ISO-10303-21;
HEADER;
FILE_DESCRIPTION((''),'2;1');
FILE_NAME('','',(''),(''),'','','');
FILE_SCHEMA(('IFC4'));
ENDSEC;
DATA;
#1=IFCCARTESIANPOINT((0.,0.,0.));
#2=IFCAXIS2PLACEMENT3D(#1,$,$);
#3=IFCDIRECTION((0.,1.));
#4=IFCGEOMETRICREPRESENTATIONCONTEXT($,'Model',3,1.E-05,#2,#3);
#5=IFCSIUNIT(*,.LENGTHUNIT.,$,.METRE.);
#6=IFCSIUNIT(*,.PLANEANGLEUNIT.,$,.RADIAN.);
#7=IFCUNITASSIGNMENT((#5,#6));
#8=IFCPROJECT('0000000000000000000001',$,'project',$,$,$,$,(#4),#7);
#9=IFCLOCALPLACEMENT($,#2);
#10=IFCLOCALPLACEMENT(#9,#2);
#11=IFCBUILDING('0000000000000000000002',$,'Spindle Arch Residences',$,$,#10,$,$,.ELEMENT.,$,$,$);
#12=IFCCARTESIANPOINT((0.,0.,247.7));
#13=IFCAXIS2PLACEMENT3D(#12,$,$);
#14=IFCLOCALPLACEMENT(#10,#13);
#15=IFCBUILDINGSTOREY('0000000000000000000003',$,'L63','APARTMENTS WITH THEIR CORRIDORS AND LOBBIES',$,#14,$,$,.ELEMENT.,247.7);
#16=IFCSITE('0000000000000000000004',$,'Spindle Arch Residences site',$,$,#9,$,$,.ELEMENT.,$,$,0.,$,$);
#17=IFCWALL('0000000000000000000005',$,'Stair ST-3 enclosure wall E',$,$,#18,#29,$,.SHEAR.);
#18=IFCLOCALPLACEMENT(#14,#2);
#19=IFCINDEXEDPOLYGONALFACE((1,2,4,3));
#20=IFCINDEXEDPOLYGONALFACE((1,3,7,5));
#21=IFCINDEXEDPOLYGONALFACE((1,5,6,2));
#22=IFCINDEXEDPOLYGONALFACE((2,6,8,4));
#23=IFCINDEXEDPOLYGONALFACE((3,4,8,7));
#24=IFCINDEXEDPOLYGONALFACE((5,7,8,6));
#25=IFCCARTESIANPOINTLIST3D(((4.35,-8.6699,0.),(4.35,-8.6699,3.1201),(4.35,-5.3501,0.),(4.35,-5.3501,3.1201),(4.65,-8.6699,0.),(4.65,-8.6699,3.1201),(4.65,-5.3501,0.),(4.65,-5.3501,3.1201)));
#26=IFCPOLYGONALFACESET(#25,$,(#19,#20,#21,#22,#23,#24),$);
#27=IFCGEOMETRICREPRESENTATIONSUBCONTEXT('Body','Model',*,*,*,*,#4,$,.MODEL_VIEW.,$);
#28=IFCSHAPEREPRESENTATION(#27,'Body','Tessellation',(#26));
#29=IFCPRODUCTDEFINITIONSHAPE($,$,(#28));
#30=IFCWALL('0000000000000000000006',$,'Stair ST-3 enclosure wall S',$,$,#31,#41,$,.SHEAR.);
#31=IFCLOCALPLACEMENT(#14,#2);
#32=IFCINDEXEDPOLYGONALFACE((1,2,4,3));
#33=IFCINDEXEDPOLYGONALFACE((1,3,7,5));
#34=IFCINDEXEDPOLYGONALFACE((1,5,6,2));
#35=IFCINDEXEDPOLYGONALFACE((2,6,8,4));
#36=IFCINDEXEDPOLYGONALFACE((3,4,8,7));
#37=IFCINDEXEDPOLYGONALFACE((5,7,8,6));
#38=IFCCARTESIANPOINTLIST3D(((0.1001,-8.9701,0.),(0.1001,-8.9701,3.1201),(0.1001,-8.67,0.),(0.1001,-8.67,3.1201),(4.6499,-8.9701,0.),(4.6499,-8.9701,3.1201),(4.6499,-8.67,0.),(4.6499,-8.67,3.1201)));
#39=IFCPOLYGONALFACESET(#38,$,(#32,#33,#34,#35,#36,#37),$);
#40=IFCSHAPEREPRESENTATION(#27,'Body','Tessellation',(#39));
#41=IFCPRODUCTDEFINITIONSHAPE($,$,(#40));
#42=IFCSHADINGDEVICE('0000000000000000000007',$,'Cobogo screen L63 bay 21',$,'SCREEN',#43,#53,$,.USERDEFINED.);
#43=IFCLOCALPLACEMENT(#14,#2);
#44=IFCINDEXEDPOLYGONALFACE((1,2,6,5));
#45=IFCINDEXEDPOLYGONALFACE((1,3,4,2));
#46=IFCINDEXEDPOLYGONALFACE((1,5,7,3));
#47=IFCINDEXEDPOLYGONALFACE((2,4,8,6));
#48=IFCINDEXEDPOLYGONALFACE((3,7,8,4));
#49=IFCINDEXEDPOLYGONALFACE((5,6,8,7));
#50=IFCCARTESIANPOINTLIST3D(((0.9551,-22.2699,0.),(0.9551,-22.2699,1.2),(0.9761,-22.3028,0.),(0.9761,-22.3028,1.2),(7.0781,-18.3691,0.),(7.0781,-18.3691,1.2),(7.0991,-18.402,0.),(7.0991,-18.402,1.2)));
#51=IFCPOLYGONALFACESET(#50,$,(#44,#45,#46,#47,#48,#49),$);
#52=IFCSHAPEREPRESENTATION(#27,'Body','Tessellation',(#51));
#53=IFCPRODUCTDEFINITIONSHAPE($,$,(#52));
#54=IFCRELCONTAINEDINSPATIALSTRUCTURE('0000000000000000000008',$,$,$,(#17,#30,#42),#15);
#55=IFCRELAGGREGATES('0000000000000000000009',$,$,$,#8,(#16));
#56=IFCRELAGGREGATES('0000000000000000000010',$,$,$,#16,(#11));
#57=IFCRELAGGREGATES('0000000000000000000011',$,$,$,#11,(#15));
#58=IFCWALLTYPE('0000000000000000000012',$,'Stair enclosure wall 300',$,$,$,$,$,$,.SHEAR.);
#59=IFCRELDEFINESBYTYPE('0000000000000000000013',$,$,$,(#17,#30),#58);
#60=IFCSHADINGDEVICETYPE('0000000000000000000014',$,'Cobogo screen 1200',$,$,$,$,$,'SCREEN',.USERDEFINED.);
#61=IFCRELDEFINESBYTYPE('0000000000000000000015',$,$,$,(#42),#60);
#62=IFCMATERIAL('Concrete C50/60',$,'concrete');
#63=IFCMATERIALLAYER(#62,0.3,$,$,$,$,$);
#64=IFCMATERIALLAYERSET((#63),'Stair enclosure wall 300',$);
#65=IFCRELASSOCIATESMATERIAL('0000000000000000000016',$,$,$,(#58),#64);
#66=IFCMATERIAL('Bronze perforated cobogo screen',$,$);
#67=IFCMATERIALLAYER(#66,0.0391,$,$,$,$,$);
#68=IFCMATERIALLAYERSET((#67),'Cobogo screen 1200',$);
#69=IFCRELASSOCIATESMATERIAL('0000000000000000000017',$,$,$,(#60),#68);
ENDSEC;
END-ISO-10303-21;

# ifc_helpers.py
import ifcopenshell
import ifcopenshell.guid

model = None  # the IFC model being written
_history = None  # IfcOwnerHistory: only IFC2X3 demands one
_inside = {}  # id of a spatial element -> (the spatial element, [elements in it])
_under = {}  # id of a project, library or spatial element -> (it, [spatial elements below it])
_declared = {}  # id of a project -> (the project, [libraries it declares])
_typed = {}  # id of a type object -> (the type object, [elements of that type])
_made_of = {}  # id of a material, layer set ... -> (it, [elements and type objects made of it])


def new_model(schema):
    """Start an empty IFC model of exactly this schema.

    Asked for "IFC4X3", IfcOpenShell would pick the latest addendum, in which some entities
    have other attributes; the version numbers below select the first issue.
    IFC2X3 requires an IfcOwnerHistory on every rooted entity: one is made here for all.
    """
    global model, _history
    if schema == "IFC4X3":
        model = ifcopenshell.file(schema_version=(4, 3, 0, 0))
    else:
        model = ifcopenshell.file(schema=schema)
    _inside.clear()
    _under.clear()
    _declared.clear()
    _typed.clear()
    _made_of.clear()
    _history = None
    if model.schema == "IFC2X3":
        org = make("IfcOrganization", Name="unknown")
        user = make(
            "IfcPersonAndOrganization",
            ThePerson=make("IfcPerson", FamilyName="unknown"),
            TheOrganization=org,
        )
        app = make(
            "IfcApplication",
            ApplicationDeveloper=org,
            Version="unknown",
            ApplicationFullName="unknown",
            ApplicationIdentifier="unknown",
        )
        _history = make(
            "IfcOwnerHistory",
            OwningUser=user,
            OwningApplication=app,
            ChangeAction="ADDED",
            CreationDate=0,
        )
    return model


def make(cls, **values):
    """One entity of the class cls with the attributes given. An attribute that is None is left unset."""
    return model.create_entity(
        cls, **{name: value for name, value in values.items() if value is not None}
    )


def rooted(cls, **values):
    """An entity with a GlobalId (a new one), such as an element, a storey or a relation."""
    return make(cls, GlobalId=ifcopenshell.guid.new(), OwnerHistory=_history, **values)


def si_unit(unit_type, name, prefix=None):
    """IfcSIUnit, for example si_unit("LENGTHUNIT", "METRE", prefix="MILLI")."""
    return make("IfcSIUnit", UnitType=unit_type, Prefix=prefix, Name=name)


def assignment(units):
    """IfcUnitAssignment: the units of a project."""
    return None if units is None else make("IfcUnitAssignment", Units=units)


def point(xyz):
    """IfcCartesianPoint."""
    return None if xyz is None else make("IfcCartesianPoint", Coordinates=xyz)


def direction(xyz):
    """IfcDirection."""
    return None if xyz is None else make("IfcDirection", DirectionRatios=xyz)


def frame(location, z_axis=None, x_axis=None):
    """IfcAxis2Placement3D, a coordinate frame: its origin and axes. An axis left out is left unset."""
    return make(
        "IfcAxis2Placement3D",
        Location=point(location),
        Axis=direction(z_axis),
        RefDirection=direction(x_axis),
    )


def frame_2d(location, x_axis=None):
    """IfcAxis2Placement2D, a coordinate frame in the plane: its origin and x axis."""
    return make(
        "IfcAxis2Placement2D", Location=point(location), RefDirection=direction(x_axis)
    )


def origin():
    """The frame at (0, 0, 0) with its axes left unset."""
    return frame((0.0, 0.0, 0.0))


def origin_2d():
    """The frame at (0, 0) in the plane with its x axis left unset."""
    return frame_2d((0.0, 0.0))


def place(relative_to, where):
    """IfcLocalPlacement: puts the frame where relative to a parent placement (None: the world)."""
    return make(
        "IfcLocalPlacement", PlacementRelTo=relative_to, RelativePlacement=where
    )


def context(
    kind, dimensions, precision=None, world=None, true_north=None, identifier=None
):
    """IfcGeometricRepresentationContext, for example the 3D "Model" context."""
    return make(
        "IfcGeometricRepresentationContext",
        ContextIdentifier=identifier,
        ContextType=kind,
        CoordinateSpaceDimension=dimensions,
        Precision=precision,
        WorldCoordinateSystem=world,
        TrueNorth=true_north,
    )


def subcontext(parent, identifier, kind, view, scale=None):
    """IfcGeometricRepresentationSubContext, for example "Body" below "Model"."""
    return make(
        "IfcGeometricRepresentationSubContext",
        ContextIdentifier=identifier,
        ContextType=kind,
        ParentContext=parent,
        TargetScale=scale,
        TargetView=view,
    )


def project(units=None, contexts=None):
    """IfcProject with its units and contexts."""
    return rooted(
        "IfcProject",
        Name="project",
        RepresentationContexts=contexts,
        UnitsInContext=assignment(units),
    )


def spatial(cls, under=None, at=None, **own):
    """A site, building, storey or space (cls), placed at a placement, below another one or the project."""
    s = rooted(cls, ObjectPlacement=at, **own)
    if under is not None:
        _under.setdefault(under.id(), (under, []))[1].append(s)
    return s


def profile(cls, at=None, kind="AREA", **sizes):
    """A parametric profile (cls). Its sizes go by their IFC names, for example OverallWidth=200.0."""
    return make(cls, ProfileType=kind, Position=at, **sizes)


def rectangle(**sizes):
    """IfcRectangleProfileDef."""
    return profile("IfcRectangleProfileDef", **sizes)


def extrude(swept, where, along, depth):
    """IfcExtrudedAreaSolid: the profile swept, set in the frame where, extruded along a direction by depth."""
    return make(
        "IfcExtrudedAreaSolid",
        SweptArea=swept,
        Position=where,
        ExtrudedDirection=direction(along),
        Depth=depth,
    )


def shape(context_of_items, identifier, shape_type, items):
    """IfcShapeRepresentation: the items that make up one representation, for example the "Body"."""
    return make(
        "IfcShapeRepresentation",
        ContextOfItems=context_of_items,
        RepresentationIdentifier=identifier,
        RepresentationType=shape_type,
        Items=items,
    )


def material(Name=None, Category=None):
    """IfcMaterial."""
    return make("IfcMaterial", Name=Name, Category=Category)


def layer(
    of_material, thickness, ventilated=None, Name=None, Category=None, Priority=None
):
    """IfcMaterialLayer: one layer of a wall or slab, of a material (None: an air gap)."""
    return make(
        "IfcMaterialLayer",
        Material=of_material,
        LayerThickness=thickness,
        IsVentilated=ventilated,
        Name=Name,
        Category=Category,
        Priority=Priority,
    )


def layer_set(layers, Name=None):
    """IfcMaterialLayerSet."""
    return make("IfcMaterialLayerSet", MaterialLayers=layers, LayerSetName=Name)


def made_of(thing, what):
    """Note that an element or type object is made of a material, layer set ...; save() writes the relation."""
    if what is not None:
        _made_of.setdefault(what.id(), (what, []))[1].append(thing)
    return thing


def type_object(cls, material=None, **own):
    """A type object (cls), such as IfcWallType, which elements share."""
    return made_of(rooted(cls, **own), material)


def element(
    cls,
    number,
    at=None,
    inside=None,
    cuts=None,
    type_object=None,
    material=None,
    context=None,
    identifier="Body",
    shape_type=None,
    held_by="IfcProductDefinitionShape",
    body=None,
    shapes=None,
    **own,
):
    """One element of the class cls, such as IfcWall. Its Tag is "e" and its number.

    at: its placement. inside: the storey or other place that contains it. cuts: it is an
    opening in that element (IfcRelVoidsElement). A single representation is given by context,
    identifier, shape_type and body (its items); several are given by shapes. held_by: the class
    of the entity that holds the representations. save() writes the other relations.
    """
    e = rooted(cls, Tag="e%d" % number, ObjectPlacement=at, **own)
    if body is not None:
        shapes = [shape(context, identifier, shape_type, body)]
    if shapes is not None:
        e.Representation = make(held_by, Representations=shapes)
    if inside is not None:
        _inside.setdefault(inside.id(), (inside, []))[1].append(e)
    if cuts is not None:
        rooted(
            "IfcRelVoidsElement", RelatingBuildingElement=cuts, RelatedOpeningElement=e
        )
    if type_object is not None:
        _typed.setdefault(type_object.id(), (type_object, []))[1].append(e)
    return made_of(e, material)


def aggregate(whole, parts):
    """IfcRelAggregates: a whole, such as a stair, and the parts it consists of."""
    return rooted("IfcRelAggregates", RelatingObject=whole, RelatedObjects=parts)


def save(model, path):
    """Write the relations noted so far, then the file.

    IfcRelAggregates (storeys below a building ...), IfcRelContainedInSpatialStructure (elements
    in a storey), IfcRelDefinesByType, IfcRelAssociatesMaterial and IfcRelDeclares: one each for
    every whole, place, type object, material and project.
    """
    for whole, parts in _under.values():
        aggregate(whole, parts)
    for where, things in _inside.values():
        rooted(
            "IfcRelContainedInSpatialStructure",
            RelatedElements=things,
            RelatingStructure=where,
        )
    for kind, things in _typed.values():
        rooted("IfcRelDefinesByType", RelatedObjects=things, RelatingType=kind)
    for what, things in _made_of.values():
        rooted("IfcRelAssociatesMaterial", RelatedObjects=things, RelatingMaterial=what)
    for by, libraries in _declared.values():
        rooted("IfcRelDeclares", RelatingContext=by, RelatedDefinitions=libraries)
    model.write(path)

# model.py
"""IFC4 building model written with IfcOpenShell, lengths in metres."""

from ifc_helpers import new_model, si_unit, direction, frame, frame_2d, origin, origin_2d, place, context, subcontext, project, spatial, rectangle, extrude, material, layer, layer_set, type_object, element, save


model = new_model("IFC4")

# Units and contexts
model_context = context("Model", 3, precision=1e-05, world=origin(), true_north=direction((0.0, 1.0)))
body_context = subcontext(model_context, "Body", "Model", "MODEL_VIEW")
ifc_project = project(units=[si_unit("LENGTHUNIT", "METRE"), si_unit("PLANEANGLEUNIT", "RADIAN")], contexts=[model_context])

# Site, building, storey
site_placement = place(None, origin())
site = spatial("IfcSite", under=ifc_project, at=site_placement, Name="Spindle Arch Residences site", CompositionType="ELEMENT", RefElevation=0.0)
building_placement = place(site_placement, origin())
building = spatial("IfcBuilding", under=site, at=building_placement, Name="Spindle Arch Residences", CompositionType="ELEMENT")
storey_placement = place(building_placement, frame((0.0, 0.0, 247.7)))
storey = spatial("IfcBuildingStorey", under=building, at=storey_placement, Name="L63", Description="APARTMENTS WITH THEIR CORRIDORS AND LOBBIES", CompositionType="ELEMENT", Elevation=247.7)

# Walls
ifc_material_1 = material(Name="Concrete C50/60", Category="concrete")
ifc_layer_1 = layer(ifc_material_1, 0.3)
ifc_layer_set_1 = layer_set([ifc_layer_1], Name="Stair enclosure wall 300")
wall_type_1 = type_object("IfcWallType", Name="Stair enclosure wall 300", PredefinedType="SHEAR", material=ifc_layer_set_1)
wall_1_placement = place(storey_placement, frame((4.5, -8.6699, 0.0), z_axis=(0.0, 0.0, 1.0), x_axis=(0.0, 1.0, 0.0)))
element("IfcWall", 1, at=wall_1_placement, inside=storey, type_object=wall_type_1, Name="Stair ST-3 enclosure wall E", PredefinedType="SHEAR", context=body_context, shape_type="SweptSolid", body=[
    extrude(rectangle(XDim=3.3198, YDim=0.3, at=frame_2d((1.6599, 0.0))), origin(), (0.0, 0.0, 1.0), 3.1201),
])
wall_2_placement = place(storey_placement, frame((0.1001, -8.8201, 0.0), z_axis=(0.0, 0.0, 1.0), x_axis=(1.0, 0.0, 0.0)))
element("IfcWall", 2, at=wall_2_placement, inside=storey, type_object=wall_type_1, Name="Stair ST-3 enclosure wall S", PredefinedType="SHEAR", context=body_context, shape_type="SweptSolid", body=[
    extrude(rectangle(XDim=4.5498, YDim=0.3, at=frame_2d((2.2749, 0.0))), origin(), (0.0, 0.0, 1.0), 3.1201),
])

# Shading device
ifc_material_2 = material(Name="Bronze perforated cobogo screen")
ifc_layer_2 = layer(ifc_material_2, 0.0391)
ifc_layer_set_2 = layer_set([ifc_layer_2], Name="Cobogo screen 1200")
shading_device_type = type_object("IfcShadingDeviceType", Name="Cobogo screen 1200", ElementType="SCREEN", PredefinedType="USERDEFINED", material=ifc_layer_set_2)
shading_device_placement = place(storey_placement, frame((4.0271, -20.3359, 0.0), z_axis=(0.0, 0.0, 1.0), x_axis=(0.843391, 0.5373, 0.0)))
element("IfcShadingDevice", 3, at=shading_device_placement, inside=storey, type_object=shading_device_type, Name="Cobogo screen L63 bay 21", ObjectType="SCREEN", PredefinedType="USERDEFINED", context=body_context, shape_type="SweptSolid", body=[
    extrude(rectangle(XDim=7.26, YDim=0.0391, at=origin_2d()), origin(), (0.0, 0.0, 1.0), 1.2),
])

save(model, "model.ifc")
